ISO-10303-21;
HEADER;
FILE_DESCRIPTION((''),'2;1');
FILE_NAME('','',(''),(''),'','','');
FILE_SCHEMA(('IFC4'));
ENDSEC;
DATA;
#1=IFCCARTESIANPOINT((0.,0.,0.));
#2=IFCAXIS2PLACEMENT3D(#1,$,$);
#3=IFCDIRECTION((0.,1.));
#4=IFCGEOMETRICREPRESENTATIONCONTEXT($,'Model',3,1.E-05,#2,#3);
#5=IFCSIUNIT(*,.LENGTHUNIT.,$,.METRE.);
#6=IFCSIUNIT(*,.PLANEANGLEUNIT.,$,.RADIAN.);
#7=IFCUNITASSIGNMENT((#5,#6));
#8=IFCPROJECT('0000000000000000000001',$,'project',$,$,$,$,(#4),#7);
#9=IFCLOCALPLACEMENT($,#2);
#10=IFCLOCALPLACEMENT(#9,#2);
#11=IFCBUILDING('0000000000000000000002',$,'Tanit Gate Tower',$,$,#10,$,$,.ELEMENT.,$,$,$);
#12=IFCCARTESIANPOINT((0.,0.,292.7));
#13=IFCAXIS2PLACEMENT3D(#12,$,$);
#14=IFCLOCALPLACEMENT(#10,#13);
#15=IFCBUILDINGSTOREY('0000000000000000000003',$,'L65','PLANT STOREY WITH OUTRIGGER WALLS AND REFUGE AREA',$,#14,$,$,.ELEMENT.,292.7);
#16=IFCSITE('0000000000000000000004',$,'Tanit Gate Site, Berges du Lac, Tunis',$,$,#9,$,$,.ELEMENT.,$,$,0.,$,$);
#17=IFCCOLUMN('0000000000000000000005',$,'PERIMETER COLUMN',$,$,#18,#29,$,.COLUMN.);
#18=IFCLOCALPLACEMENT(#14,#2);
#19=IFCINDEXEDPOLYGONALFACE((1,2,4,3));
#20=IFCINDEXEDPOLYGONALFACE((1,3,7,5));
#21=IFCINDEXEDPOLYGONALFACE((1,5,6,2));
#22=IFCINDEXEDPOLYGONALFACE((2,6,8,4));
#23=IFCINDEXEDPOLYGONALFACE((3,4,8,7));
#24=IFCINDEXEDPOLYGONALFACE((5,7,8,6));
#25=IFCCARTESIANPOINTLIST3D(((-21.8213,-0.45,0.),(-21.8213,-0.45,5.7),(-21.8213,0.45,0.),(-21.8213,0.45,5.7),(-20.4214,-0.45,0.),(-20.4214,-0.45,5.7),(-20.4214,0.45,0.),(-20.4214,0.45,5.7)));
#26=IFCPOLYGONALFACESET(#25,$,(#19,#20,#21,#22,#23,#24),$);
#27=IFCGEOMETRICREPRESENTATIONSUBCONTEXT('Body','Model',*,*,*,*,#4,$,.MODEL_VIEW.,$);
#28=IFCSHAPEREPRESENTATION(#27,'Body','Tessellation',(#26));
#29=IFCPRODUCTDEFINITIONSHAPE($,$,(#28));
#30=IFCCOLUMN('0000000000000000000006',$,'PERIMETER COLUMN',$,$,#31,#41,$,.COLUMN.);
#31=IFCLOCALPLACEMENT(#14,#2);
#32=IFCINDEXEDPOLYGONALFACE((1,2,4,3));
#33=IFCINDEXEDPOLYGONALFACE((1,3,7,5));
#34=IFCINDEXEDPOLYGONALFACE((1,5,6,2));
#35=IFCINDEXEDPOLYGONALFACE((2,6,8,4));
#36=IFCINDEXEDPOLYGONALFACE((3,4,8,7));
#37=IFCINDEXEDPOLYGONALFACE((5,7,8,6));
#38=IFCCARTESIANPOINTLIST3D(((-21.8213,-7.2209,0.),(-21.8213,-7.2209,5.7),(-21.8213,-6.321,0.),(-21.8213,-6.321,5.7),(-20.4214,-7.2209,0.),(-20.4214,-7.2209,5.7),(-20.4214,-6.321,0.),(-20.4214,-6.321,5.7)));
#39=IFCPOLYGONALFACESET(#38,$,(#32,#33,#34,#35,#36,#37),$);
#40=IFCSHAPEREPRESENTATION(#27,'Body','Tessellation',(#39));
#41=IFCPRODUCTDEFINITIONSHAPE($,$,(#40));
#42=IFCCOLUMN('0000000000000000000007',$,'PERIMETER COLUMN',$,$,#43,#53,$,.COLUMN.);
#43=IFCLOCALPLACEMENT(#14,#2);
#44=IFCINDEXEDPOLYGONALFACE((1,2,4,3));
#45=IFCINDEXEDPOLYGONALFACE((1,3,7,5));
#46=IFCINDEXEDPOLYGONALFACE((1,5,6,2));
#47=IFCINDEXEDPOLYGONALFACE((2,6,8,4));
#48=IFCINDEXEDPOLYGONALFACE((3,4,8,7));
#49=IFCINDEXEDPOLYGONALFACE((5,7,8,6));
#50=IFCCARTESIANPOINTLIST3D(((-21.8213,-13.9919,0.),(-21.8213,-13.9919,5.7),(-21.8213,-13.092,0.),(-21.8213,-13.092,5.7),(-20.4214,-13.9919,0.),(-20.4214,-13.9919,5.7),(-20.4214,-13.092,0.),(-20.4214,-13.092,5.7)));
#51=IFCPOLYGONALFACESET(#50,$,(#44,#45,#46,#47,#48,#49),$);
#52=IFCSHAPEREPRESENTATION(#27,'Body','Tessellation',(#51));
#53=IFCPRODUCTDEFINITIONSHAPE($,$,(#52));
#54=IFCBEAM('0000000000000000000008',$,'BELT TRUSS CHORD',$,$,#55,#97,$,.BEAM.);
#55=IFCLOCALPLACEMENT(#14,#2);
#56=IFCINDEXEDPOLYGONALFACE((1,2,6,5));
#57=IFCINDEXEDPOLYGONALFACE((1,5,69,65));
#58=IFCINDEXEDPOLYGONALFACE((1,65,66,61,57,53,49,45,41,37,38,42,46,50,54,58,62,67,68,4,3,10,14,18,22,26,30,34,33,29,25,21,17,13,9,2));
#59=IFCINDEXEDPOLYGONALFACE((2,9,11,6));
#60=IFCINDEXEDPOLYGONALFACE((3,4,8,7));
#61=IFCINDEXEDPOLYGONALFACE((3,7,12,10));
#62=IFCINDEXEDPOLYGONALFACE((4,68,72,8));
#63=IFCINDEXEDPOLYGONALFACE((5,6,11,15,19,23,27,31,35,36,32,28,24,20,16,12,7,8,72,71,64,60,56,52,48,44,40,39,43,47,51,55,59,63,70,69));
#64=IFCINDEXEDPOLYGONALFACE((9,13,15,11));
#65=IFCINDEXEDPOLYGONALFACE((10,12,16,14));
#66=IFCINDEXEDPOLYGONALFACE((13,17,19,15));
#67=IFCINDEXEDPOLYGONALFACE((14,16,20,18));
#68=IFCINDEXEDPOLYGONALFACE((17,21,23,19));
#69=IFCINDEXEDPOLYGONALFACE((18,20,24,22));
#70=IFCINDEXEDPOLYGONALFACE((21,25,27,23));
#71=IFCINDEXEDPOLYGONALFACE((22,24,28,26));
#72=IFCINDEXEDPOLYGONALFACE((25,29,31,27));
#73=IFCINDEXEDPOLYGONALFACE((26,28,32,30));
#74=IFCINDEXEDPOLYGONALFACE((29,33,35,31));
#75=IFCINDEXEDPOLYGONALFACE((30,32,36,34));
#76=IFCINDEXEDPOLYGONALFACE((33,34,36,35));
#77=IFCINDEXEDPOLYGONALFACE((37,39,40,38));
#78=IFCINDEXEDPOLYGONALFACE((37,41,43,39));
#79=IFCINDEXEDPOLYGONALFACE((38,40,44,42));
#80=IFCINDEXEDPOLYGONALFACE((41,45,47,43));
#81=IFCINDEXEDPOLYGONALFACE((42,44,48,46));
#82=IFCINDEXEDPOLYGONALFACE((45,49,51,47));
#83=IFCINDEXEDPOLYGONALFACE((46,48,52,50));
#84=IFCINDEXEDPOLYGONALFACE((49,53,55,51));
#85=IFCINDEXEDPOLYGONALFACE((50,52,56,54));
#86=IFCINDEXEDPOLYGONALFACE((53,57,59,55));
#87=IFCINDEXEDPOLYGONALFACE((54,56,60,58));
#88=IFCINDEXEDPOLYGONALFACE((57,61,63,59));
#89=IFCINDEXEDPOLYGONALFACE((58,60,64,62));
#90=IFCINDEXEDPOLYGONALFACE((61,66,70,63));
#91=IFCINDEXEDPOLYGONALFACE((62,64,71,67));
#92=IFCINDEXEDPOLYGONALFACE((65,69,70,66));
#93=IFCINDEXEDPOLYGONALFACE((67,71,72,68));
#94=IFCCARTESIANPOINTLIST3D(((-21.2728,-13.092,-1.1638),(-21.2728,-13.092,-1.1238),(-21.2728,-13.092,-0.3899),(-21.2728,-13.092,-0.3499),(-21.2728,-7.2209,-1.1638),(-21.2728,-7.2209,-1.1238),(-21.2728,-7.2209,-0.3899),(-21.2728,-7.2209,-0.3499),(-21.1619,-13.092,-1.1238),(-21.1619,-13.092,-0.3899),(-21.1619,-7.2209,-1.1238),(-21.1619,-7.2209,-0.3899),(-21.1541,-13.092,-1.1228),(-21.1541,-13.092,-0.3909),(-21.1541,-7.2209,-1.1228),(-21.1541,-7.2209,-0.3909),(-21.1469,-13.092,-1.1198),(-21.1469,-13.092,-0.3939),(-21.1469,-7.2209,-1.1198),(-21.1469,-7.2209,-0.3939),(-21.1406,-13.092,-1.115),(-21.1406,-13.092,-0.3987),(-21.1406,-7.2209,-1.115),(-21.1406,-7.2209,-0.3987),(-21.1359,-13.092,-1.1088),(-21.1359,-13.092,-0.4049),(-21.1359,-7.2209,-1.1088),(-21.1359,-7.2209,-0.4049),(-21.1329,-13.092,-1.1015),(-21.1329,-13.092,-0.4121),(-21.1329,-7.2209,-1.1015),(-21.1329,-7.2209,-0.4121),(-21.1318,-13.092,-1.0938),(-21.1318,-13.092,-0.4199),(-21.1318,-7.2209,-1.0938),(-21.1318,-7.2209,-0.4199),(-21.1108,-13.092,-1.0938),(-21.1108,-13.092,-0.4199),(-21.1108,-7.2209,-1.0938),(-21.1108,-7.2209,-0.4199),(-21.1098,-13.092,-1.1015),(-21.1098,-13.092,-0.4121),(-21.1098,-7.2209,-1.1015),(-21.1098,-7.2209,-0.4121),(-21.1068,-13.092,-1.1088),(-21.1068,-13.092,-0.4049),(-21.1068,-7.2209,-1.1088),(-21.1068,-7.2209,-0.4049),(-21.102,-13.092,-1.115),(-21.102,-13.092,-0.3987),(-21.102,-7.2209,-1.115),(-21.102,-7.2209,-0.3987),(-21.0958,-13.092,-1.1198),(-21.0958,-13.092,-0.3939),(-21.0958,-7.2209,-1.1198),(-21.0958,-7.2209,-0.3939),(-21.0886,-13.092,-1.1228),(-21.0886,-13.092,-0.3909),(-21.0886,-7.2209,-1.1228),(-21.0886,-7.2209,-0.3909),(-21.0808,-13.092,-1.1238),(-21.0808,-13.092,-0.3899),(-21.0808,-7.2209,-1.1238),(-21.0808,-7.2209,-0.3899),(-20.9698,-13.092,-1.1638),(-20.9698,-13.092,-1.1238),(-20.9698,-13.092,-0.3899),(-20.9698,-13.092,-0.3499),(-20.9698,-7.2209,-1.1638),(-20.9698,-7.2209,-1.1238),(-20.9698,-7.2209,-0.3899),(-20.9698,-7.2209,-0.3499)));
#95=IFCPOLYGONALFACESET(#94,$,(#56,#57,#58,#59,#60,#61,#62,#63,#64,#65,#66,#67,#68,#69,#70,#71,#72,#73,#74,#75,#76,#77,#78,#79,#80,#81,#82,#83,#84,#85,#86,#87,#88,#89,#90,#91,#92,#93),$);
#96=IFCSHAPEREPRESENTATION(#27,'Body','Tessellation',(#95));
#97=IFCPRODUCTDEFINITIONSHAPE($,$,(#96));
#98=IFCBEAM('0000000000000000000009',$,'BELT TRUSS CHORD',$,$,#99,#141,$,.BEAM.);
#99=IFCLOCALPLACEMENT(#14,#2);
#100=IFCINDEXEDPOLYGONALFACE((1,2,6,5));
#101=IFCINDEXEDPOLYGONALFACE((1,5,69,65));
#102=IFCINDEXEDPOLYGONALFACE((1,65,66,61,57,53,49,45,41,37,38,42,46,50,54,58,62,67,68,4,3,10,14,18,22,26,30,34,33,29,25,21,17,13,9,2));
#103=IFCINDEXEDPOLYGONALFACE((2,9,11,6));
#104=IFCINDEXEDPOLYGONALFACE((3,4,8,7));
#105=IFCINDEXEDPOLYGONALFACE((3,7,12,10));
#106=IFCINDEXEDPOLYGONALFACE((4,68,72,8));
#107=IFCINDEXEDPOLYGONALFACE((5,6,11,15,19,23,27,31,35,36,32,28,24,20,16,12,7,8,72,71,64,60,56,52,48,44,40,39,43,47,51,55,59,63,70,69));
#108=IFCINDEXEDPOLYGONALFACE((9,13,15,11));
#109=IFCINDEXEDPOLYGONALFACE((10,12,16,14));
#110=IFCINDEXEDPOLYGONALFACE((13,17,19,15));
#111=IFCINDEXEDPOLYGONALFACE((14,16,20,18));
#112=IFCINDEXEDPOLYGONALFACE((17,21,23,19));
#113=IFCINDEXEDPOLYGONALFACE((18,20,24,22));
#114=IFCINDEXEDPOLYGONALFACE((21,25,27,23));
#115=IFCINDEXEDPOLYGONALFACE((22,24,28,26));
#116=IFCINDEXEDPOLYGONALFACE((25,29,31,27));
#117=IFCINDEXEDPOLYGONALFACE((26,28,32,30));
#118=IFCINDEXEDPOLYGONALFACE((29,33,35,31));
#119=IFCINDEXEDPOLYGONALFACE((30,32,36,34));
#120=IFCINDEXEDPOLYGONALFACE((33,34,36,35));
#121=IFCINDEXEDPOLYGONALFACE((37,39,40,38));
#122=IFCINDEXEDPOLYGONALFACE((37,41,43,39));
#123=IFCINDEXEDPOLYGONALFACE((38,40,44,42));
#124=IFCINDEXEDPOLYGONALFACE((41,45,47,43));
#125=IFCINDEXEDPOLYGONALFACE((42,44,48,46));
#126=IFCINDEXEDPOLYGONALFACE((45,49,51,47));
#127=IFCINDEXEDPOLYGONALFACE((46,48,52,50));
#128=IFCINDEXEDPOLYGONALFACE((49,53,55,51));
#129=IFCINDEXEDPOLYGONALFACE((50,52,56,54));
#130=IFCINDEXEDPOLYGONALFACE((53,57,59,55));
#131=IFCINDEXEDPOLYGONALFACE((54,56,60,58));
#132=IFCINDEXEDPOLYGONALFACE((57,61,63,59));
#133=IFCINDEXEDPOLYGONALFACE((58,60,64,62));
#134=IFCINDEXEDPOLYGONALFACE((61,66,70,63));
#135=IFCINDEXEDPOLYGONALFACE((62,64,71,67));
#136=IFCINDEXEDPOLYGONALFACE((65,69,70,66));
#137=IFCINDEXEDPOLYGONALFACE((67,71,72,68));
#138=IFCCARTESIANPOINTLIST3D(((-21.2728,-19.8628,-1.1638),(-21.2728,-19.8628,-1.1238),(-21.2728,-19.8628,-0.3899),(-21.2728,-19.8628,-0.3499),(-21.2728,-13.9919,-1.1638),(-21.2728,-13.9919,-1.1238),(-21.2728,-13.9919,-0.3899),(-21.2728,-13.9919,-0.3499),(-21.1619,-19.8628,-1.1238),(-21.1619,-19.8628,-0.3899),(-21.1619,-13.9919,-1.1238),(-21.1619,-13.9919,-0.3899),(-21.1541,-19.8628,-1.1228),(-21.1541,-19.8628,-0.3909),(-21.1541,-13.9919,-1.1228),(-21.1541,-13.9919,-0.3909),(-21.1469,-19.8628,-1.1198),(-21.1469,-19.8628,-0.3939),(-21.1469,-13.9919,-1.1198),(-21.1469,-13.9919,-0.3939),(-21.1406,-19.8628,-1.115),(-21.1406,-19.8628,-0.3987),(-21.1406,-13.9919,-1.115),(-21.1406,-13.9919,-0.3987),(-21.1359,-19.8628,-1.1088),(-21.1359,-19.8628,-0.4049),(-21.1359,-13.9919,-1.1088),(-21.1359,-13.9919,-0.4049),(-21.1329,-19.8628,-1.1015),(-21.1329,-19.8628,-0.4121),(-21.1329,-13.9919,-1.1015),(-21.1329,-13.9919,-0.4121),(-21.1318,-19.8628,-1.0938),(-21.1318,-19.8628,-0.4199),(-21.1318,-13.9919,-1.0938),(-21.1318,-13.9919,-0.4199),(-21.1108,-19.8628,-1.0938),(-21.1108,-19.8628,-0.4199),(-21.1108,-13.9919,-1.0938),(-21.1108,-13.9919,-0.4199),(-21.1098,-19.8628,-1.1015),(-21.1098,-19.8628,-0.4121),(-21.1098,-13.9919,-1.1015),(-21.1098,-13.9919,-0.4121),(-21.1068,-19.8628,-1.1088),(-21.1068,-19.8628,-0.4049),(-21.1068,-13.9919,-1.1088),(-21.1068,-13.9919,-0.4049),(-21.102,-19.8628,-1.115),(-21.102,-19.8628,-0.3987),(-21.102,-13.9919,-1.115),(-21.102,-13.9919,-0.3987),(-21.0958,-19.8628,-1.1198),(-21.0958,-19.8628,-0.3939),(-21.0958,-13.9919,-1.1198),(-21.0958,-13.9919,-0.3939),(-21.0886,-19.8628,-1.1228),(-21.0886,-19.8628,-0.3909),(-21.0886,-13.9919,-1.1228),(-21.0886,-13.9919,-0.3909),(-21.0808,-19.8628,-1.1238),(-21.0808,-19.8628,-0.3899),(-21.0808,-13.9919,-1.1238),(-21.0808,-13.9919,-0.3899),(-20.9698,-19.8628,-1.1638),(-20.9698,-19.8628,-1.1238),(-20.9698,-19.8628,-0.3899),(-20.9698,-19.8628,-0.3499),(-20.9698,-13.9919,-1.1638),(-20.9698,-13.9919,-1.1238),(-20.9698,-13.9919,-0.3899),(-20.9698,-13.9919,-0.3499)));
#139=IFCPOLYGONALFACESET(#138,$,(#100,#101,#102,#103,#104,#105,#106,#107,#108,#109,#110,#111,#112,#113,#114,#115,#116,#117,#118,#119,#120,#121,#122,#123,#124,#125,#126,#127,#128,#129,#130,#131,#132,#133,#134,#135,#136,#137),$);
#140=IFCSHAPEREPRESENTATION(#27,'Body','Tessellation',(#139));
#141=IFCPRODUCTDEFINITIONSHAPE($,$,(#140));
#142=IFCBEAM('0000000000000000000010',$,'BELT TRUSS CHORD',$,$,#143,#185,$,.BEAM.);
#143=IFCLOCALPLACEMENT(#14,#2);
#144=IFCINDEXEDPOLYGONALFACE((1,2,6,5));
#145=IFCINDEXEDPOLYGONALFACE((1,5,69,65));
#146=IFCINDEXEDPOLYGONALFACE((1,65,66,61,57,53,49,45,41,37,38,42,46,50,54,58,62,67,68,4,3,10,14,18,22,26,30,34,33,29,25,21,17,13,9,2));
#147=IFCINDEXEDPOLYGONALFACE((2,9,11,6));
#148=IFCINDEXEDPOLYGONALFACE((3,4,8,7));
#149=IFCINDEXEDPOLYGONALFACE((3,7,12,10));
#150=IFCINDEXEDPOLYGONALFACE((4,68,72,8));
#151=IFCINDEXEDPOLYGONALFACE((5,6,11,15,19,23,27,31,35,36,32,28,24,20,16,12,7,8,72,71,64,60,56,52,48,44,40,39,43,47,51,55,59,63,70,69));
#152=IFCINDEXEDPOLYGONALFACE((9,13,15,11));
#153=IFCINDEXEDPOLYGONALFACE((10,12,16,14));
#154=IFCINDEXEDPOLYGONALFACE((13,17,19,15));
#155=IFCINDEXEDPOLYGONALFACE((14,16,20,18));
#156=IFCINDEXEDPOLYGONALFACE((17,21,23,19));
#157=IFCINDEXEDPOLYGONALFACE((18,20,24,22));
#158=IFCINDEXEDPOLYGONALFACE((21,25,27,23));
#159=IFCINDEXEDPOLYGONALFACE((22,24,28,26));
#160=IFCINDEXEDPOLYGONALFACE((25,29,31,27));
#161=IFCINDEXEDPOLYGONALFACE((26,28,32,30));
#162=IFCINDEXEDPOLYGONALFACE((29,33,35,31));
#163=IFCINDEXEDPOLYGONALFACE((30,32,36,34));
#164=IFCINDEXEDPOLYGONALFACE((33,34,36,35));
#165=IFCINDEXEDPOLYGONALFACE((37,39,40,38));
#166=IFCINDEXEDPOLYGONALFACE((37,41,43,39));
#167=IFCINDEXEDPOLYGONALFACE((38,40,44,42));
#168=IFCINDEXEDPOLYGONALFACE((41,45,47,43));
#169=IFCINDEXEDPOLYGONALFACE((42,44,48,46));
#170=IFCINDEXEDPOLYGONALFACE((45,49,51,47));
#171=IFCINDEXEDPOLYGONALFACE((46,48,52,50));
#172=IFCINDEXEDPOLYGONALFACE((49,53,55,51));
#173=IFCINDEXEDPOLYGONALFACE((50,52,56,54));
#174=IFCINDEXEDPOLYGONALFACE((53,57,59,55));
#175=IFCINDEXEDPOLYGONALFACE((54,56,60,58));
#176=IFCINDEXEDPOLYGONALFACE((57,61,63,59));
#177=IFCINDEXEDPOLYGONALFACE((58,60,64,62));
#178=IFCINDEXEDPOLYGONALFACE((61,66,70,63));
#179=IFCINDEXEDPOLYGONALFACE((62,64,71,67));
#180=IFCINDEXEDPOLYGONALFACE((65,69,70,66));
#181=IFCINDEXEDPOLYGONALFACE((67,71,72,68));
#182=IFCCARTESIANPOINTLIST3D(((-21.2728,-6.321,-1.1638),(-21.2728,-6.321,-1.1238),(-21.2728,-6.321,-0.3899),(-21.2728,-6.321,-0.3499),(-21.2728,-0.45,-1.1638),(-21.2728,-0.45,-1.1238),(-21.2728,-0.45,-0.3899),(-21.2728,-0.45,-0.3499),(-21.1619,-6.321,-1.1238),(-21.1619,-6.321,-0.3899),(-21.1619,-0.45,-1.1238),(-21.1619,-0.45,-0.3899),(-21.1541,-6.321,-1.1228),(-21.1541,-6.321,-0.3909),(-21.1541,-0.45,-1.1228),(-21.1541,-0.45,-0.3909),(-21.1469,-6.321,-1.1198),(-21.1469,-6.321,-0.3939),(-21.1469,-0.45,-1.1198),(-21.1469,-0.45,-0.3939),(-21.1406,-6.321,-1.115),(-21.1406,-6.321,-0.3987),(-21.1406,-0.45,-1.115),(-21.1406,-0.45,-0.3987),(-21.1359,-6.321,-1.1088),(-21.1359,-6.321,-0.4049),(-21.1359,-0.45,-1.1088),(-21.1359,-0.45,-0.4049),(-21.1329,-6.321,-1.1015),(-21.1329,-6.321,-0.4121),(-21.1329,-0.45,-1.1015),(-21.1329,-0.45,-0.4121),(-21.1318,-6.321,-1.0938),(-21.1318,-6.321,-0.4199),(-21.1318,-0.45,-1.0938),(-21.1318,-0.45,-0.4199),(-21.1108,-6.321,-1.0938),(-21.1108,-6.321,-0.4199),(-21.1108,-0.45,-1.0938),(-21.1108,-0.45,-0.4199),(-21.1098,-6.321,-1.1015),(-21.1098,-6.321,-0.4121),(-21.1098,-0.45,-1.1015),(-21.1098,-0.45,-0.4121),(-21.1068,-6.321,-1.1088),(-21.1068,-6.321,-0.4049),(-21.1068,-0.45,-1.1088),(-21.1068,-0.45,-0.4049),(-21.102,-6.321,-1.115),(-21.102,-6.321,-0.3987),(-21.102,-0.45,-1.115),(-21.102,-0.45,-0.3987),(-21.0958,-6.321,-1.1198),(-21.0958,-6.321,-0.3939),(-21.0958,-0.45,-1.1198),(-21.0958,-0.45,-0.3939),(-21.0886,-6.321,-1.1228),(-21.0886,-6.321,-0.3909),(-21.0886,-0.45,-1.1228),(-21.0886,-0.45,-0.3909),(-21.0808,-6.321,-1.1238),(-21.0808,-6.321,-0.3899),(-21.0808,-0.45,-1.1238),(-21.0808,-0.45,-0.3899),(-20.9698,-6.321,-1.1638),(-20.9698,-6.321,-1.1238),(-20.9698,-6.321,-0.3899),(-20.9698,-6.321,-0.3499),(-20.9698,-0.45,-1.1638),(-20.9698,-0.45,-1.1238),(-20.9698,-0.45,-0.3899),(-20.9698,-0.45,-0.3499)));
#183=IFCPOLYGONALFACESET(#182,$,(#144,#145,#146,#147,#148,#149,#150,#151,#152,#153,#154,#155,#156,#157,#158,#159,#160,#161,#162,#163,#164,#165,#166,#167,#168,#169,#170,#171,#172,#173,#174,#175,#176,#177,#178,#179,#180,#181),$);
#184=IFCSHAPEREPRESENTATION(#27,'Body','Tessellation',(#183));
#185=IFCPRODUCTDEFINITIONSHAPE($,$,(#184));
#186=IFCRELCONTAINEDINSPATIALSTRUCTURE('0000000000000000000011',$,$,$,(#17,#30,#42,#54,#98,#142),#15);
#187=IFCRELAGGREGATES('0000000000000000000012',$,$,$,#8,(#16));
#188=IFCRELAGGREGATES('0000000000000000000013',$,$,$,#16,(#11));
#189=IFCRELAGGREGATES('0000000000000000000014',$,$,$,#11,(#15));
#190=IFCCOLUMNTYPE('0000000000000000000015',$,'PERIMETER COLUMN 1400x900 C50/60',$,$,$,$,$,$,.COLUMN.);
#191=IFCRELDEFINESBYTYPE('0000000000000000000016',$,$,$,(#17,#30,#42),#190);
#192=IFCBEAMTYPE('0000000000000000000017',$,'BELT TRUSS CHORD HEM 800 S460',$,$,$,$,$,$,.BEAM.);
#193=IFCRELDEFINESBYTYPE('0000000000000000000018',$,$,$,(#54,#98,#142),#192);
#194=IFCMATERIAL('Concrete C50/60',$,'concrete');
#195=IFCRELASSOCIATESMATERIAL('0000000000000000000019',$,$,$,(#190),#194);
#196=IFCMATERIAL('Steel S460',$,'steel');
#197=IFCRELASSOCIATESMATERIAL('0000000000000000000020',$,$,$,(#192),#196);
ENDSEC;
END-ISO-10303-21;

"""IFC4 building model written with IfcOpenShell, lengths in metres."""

from ifc_helpers import new_model, si_unit, direction, frame, origin, origin_2d, place, context, subcontext, project, spatial, rectangle, i_section, extrude, material, material_profile, profile_set, type_object, element, save


model = new_model("IFC4")

# Units and contexts
model_context = context("Model", 3, precision=1e-05, world=origin(), true_north=direction((0.0, 1.0)))
body_context = subcontext(model_context, "Body", "Model", "MODEL_VIEW")
ifc_project = project(units=[si_unit("LENGTHUNIT", "METRE"), si_unit("PLANEANGLEUNIT", "RADIAN")], contexts=[model_context])

# Site, building, storey
site_placement = place(None, origin())
site = spatial("IfcSite", under=ifc_project, at=site_placement, Name="Tanit Gate Site, Berges du Lac, Tunis", CompositionType="ELEMENT", RefElevation=0.0)
building_placement = place(site_placement, origin())
building = spatial("IfcBuilding", under=site, at=building_placement, Name="Tanit Gate Tower", CompositionType="ELEMENT")
storey_placement = place(building_placement, frame((0.0, 0.0, 292.7)))
storey = spatial("IfcBuildingStorey", under=building, at=storey_placement, Name="L65", Description="PLANT STOREY WITH OUTRIGGER WALLS AND REFUGE AREA", CompositionType="ELEMENT", Elevation=292.7)

# Columns
ifc_material_1 = material(Name="Concrete C50/60", Category="concrete")
ifc_material_profile_1 = material_profile(ifc_material_1, rectangle(XDim=1.3999, YDim=0.8999, at=origin_2d()), Name="RC 1400x900")
ifc_profile_set_1 = profile_set([ifc_material_profile_1], Name="Concrete C50/60")
column_type = type_object("IfcColumnType", Name="PERIMETER COLUMN 1400x900 C50/60", PredefinedType="COLUMN", material=ifc_profile_set_1)
for number, where, z_axis, x_axis, name in (
    (1, (-21.1213, 0.0, 0.0), (0.0, 0.0, 1.0), (-1.0, 0.0, 0.0), "PERIMETER COLUMN"),
    (2, (-21.1213, -6.771, 0.0), (0.0, 0.0, 1.0), (-1.0, 0.0, 0.0), "PERIMETER COLUMN"),
    (3, (-21.1213, -13.542, 0.0), (0.0, 0.0, 1.0), (-1.0, 0.0, 0.0), "PERIMETER COLUMN"),
):
    element("IfcColumn", number, at=place(storey_placement, frame(where, z_axis=z_axis, x_axis=x_axis)), inside=storey, type_object=column_type, Name=name, PredefinedType="COLUMN", context=body_context, shape_type="SweptSolid", body=[
        extrude(rectangle(XDim=1.3999, YDim=0.8999, at=origin_2d()), origin(), (0.0, 0.0, 1.0), 5.7),
    ])

# Beams
ifc_material_2 = material(Name="Steel S460", Category="steel")
ifc_material_profile_2 = material_profile(ifc_material_2, i_section(OverallWidth=0.303, OverallDepth=0.814, WebThickness=0.021, FlangeThickness=0.04, FilletRadius=0.03, at=origin_2d()), Name="HEM 800")
ifc_profile_set_2 = profile_set([ifc_material_profile_2], Name="Steel S460")
beam_type_1 = type_object("IfcBeamType", Name="BELT TRUSS CHORD HEM 800 S460", PredefinedType="BEAM", material=ifc_profile_set_2)
beam_1_placement = place(storey_placement, frame((-21.1213, -7.2209, -0.7568), z_axis=(0.0, -1.0, 0.0), x_axis=(1.0, 0.0, 0.0)))
element("IfcBeam", 4, at=beam_1_placement, inside=storey, type_object=beam_type_1, Name="BELT TRUSS CHORD", PredefinedType="BEAM", context=body_context, shape_type="SweptSolid", body=[
    extrude(i_section(OverallWidth=0.303, OverallDepth=0.814, WebThickness=0.021, FlangeThickness=0.04, FilletRadius=0.03, at=origin_2d()), origin(), (0.0, 0.0, 1.0), 5.8711),
])
beam_2_placement = place(storey_placement, frame((-21.1213, -13.9919, -0.7568), z_axis=(0.0, -1.0, 0.0), x_axis=(1.0, 0.0, 0.0)))
element("IfcBeam", 5, at=beam_2_placement, inside=storey, type_object=beam_type_1, Name="BELT TRUSS CHORD", PredefinedType="BEAM", context=body_context, shape_type="SweptSolid", body=[
    extrude(i_section(OverallWidth=0.303, OverallDepth=0.814, WebThickness=0.021, FlangeThickness=0.04, FilletRadius=0.03, at=origin_2d()), origin(), (0.0, 0.0, 1.0), 5.8708),
])
beam_3_placement = place(storey_placement, frame((-21.1213, -0.45, -0.7568), z_axis=(0.0, -1.0, 0.0), x_axis=(1.0, 0.0, 0.0)))
element("IfcBeam", 6, at=beam_3_placement, inside=storey, type_object=beam_type_1, Name="BELT TRUSS CHORD", PredefinedType="BEAM", context=body_context, shape_type="SweptSolid", body=[
    extrude(i_section(OverallWidth=0.303, OverallDepth=0.814, WebThickness=0.021, FlangeThickness=0.04, FilletRadius=0.03, at=origin_2d()), origin(), (0.0, 0.0, 1.0), 5.8711),
])

save(model, "model.ifc")
